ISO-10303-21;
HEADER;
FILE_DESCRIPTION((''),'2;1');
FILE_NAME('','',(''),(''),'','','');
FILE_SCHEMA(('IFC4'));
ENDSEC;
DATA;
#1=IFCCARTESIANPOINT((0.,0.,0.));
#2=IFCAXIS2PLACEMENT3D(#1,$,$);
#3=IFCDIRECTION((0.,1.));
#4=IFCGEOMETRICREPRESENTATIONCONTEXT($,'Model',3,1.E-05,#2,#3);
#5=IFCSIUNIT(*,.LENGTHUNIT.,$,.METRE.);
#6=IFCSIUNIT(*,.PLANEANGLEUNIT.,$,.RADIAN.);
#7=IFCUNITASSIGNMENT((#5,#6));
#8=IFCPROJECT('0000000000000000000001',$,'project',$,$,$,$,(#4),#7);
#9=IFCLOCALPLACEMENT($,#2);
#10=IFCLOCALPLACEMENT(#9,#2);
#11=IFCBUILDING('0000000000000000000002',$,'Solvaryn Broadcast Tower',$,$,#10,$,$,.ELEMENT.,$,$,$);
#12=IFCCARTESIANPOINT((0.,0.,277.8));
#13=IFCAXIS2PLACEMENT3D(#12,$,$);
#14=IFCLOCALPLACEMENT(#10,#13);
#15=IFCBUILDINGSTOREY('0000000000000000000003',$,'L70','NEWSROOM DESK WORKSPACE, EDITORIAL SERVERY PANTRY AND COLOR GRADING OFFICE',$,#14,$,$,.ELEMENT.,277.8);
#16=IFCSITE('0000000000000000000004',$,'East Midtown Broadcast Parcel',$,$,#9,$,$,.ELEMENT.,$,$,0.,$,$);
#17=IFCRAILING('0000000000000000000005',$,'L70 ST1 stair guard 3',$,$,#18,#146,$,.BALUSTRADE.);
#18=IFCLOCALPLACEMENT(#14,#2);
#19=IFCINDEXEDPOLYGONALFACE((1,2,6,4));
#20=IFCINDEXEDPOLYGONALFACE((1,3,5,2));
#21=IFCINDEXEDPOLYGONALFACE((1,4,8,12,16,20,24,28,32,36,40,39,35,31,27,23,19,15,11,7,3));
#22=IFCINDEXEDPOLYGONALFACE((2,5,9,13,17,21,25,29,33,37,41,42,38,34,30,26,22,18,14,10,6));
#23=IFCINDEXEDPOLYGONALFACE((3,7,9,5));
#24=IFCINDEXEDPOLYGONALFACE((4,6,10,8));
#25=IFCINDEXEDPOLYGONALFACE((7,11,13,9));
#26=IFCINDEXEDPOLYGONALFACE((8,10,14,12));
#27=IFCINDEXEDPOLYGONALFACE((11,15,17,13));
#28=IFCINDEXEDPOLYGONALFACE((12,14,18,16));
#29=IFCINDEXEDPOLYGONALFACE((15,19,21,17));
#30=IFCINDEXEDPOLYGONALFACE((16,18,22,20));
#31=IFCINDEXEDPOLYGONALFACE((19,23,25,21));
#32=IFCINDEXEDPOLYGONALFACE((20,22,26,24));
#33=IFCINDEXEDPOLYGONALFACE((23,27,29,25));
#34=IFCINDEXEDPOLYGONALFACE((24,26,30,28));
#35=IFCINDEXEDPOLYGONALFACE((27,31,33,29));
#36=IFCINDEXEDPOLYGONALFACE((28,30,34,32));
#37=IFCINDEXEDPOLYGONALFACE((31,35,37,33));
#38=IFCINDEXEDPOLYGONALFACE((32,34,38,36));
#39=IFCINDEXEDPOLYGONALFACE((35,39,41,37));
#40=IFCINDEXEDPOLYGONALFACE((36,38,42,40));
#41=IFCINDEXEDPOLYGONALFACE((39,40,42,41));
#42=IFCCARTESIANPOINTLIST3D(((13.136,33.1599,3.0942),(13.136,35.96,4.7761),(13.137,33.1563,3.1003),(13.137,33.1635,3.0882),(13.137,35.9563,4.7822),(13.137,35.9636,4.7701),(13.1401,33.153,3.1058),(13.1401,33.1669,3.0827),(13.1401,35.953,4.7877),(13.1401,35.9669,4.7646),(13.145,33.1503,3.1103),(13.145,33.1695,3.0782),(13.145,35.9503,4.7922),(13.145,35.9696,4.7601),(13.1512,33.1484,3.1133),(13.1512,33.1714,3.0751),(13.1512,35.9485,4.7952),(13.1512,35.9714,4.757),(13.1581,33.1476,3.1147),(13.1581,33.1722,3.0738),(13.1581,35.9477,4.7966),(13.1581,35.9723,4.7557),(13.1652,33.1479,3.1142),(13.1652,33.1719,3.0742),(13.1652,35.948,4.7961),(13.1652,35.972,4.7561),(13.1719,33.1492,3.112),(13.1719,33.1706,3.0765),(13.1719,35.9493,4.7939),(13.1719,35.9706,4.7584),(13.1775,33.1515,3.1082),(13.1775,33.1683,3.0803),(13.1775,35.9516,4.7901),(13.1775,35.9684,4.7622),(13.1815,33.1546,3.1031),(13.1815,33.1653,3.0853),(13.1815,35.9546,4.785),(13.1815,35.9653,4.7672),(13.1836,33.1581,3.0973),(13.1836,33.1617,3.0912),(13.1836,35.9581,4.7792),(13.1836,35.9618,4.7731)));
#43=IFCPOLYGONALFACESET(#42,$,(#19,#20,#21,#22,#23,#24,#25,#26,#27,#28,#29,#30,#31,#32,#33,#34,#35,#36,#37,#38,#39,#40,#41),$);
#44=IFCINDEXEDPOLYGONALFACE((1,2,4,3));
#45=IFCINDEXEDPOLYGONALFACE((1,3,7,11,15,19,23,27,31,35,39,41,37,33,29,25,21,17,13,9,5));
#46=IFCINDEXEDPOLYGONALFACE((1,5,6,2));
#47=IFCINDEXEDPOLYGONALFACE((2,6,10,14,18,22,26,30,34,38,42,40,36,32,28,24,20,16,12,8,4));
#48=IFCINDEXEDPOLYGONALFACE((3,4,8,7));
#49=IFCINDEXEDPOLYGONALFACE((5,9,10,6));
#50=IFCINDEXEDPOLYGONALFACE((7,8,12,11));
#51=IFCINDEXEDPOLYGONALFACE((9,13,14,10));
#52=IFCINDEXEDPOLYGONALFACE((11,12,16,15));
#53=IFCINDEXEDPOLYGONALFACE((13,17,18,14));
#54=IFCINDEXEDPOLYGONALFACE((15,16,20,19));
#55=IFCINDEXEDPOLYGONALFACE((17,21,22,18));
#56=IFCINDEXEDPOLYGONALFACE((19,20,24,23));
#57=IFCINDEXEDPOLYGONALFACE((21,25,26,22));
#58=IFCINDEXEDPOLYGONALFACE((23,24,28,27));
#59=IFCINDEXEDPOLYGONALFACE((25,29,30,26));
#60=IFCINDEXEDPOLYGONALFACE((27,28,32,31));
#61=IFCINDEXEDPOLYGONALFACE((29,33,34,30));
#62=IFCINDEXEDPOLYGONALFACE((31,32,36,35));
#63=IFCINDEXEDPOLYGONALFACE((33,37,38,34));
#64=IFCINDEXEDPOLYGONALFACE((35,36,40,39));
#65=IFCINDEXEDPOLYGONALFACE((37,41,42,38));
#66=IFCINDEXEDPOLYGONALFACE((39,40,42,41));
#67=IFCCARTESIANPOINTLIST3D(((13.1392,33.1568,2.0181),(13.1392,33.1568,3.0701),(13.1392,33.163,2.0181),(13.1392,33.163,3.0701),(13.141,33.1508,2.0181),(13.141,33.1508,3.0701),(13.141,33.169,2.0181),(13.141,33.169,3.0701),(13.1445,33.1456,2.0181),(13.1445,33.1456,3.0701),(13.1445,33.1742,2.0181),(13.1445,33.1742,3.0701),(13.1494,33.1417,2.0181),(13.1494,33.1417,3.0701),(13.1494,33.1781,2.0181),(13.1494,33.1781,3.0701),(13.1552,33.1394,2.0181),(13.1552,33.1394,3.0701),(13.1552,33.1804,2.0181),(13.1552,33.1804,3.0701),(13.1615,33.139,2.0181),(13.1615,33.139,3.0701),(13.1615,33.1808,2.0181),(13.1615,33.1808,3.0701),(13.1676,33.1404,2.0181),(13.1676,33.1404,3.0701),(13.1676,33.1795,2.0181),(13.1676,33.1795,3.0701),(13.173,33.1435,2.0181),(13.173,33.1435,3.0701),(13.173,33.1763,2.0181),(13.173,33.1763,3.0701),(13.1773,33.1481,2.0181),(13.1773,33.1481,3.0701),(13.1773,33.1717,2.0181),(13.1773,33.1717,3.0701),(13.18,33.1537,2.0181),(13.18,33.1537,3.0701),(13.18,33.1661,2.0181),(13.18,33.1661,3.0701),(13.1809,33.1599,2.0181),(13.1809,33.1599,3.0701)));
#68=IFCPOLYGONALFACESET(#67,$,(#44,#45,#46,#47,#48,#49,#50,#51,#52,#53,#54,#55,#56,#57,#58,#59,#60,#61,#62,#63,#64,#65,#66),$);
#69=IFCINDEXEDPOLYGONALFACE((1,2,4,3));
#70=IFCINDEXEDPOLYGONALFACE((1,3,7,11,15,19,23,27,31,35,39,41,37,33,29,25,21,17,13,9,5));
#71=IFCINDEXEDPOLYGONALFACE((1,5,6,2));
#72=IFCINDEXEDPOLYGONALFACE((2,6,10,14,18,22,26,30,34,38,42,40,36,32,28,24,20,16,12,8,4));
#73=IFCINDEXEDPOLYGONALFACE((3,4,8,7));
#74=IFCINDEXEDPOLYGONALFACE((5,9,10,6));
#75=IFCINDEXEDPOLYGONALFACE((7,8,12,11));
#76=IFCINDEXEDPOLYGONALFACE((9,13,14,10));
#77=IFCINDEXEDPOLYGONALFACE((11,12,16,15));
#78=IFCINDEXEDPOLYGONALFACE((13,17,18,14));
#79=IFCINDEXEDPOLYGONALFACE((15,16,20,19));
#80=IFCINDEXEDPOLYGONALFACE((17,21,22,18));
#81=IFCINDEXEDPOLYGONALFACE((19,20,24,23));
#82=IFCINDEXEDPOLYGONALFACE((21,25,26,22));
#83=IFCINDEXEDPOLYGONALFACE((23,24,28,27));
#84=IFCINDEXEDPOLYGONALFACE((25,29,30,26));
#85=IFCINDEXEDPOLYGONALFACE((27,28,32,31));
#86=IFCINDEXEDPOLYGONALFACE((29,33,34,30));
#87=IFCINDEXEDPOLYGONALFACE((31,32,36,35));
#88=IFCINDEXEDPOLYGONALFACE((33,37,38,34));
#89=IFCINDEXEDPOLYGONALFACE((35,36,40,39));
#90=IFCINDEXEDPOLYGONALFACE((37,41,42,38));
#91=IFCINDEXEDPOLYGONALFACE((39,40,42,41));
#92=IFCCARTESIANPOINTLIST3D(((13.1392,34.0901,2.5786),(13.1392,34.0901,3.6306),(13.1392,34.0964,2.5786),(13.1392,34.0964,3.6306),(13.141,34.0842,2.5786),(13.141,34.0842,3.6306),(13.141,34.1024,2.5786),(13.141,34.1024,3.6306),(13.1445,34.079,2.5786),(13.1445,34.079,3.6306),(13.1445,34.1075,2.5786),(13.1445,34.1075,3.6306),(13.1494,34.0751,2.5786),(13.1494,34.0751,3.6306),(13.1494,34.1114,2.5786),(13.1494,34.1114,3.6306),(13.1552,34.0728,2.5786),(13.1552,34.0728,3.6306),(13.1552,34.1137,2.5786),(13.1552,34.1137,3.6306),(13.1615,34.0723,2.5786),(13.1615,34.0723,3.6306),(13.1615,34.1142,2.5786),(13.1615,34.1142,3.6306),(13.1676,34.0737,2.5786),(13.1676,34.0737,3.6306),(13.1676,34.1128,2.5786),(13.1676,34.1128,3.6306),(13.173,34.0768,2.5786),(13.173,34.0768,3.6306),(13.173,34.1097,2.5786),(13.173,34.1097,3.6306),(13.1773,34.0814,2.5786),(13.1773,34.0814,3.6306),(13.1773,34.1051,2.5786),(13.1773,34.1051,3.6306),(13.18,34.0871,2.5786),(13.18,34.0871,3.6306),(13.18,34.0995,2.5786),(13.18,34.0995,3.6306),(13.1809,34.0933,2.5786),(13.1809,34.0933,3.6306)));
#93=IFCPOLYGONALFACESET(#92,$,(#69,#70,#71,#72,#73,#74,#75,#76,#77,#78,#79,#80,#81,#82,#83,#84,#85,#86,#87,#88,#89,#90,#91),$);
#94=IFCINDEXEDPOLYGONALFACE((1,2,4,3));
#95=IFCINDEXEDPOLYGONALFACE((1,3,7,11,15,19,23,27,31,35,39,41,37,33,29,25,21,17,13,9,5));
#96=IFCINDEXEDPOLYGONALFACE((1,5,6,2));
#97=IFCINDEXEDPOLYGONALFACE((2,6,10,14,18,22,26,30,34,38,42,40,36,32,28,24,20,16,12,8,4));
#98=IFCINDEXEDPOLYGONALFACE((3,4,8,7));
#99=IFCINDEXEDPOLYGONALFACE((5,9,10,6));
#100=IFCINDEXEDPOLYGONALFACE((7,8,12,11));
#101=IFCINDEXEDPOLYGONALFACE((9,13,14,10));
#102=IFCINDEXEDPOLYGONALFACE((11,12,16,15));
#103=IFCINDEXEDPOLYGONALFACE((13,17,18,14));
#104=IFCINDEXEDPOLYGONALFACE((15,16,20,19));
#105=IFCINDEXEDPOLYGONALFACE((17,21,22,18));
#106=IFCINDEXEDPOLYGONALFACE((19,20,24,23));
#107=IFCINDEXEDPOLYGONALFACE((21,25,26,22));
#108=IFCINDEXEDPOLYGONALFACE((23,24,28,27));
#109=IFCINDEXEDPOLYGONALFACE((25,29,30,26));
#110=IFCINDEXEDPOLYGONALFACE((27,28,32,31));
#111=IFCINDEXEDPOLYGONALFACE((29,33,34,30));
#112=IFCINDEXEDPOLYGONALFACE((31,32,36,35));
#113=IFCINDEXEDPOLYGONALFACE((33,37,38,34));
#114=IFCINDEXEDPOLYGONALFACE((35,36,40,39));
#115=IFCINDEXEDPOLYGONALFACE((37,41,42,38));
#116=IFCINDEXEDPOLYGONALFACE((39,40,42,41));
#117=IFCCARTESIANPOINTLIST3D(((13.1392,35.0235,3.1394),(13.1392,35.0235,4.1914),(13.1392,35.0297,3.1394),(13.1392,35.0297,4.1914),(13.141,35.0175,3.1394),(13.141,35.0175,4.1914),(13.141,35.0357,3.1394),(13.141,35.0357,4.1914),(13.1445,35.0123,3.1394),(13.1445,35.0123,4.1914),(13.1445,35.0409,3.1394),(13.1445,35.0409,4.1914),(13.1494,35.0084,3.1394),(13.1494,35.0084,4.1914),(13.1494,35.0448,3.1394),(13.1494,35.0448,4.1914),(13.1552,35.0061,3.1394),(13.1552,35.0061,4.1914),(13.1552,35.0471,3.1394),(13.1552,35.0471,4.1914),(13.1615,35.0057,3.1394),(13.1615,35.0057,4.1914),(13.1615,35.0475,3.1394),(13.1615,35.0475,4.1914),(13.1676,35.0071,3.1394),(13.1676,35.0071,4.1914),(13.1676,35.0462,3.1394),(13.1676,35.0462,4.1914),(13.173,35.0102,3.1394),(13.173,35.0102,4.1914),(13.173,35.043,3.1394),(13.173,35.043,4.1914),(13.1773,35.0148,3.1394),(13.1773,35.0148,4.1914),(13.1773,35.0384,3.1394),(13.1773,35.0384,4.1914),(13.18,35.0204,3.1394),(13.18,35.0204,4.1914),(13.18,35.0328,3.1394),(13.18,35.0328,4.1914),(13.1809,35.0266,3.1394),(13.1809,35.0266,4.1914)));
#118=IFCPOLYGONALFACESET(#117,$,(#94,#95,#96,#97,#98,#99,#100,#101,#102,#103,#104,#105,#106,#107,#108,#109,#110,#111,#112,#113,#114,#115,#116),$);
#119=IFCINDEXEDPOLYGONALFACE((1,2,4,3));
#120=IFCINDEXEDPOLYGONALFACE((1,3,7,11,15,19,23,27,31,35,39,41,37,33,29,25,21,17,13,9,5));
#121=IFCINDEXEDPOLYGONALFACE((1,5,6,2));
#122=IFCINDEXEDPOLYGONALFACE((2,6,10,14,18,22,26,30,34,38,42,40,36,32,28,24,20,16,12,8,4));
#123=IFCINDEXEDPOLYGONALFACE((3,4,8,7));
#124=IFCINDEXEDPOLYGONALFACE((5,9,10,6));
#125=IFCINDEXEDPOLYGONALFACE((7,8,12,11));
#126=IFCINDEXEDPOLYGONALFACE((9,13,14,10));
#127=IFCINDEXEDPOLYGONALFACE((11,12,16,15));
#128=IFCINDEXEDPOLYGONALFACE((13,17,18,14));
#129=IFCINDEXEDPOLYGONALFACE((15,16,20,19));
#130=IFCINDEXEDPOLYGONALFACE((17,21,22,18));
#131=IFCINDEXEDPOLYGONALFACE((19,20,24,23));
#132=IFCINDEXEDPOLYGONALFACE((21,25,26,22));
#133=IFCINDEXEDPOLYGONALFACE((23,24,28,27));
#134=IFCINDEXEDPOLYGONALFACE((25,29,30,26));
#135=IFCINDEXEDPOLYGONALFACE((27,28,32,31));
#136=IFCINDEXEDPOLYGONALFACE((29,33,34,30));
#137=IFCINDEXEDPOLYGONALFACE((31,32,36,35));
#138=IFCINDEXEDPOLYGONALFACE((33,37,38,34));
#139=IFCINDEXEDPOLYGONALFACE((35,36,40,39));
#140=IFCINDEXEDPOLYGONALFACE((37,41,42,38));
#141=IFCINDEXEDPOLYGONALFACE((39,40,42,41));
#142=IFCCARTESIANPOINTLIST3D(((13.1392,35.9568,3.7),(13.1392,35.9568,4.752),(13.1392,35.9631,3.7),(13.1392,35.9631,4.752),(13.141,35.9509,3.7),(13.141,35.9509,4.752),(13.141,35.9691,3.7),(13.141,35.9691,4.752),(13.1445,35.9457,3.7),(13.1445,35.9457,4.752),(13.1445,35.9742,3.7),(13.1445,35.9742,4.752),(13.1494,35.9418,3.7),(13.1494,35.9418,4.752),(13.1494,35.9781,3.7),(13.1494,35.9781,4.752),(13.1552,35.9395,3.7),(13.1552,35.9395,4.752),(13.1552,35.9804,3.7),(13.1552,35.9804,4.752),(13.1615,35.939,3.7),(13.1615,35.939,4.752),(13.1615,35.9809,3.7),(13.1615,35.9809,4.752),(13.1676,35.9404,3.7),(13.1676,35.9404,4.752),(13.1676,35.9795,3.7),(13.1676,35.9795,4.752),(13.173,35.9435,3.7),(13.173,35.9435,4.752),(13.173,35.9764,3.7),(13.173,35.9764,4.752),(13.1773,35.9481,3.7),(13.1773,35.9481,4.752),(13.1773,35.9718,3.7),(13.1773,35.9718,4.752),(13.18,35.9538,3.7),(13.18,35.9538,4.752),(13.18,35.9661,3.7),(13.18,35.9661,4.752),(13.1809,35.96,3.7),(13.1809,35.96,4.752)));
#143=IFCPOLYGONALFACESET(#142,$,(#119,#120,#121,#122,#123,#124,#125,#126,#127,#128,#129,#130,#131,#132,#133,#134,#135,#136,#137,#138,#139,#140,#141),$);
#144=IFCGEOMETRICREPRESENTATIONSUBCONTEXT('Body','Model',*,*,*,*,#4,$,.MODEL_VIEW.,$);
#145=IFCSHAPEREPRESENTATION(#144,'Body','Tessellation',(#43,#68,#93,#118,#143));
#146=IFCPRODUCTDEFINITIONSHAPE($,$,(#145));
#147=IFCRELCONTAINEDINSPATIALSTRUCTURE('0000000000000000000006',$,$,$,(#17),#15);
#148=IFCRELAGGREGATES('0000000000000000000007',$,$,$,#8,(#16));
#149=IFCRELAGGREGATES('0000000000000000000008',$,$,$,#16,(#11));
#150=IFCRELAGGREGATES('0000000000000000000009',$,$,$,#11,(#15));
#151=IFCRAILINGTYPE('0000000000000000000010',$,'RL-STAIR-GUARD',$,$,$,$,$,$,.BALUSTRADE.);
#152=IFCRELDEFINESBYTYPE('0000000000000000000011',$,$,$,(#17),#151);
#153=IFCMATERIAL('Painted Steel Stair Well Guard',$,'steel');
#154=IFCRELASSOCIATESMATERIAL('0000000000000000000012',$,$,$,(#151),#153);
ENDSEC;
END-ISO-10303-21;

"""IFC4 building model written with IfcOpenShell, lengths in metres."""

from ifc_helpers import new_model, si_unit, direction, frame, origin, origin_2d, place, context, subcontext, project, spatial, circle, extrude, material, type_object, element, save


model = new_model("IFC4")

# Units and contexts
model_context = context("Model", 3, precision=1e-05, world=origin(), true_north=direction((0.0, 1.0)))
body_context = subcontext(model_context, "Body", "Model", "MODEL_VIEW")
ifc_project = project(units=[si_unit("LENGTHUNIT", "METRE"), si_unit("PLANEANGLEUNIT", "RADIAN")], contexts=[model_context])

# Site, building, storey
site_placement = place(None, origin())
site = spatial("IfcSite", under=ifc_project, at=site_placement, Name="East Midtown Broadcast Parcel", CompositionType="ELEMENT", RefElevation=0.0)
building_placement = place(site_placement, origin())
building = spatial("IfcBuilding", under=site, at=building_placement, Name="Solvaryn Broadcast Tower", CompositionType="ELEMENT")
storey_placement = place(building_placement, frame((0.0, 0.0, 277.8)))
storey = spatial("IfcBuildingStorey", under=building, at=storey_placement, Name="L70", Description="NEWSROOM DESK WORKSPACE, EDITORIAL SERVERY PANTRY AND COLOR GRADING OFFICE", CompositionType="ELEMENT", Elevation=277.8)

# Railing
ifc_material_1 = material(Name="Painted Steel Stair Well Guard", Category="steel")
railing_type_1 = type_object("IfcRailingType", Name="RL-STAIR-GUARD", PredefinedType="BALUSTRADE", material=ifc_material_1)
railing_1_placement = place(storey_placement, frame((13.1599, 33.1599, 2.0181)))
element("IfcRailing", 1, at=railing_1_placement, inside=storey, type_object=railing_type_1, Name="L70 ST1 stair guard 3", PredefinedType="BALUSTRADE", context=body_context, shape_type="SweptSolid", body=[
    extrude(circle(Radius=0.0239, at=origin_2d()), frame((0.0, 0.0, 1.0762), z_axis=(0.0, 0.857242, 0.514913), x_axis=(-1.0, 0.0, 0.0)), (0.0, 0.0, 1.0), 3.2664),
    extrude(circle(Radius=0.021, at=origin_2d()), origin(), (0.0, 0.0, 1.0), 1.052),
    extrude(circle(Radius=0.021, at=origin_2d()), frame((0.0, 0.9333, 0.5605)), (0.0, 0.0, 1.0), 1.052),
    extrude(circle(Radius=0.021, at=origin_2d()), frame((0.0, 1.8667, 1.1213)), (0.0, 0.0, 1.0), 1.052),
    extrude(circle(Radius=0.021, at=origin_2d()), frame((0.0, 2.8, 1.6819)), (0.0, 0.0, 1.0), 1.052),
])

save(model, "model.ifc")
